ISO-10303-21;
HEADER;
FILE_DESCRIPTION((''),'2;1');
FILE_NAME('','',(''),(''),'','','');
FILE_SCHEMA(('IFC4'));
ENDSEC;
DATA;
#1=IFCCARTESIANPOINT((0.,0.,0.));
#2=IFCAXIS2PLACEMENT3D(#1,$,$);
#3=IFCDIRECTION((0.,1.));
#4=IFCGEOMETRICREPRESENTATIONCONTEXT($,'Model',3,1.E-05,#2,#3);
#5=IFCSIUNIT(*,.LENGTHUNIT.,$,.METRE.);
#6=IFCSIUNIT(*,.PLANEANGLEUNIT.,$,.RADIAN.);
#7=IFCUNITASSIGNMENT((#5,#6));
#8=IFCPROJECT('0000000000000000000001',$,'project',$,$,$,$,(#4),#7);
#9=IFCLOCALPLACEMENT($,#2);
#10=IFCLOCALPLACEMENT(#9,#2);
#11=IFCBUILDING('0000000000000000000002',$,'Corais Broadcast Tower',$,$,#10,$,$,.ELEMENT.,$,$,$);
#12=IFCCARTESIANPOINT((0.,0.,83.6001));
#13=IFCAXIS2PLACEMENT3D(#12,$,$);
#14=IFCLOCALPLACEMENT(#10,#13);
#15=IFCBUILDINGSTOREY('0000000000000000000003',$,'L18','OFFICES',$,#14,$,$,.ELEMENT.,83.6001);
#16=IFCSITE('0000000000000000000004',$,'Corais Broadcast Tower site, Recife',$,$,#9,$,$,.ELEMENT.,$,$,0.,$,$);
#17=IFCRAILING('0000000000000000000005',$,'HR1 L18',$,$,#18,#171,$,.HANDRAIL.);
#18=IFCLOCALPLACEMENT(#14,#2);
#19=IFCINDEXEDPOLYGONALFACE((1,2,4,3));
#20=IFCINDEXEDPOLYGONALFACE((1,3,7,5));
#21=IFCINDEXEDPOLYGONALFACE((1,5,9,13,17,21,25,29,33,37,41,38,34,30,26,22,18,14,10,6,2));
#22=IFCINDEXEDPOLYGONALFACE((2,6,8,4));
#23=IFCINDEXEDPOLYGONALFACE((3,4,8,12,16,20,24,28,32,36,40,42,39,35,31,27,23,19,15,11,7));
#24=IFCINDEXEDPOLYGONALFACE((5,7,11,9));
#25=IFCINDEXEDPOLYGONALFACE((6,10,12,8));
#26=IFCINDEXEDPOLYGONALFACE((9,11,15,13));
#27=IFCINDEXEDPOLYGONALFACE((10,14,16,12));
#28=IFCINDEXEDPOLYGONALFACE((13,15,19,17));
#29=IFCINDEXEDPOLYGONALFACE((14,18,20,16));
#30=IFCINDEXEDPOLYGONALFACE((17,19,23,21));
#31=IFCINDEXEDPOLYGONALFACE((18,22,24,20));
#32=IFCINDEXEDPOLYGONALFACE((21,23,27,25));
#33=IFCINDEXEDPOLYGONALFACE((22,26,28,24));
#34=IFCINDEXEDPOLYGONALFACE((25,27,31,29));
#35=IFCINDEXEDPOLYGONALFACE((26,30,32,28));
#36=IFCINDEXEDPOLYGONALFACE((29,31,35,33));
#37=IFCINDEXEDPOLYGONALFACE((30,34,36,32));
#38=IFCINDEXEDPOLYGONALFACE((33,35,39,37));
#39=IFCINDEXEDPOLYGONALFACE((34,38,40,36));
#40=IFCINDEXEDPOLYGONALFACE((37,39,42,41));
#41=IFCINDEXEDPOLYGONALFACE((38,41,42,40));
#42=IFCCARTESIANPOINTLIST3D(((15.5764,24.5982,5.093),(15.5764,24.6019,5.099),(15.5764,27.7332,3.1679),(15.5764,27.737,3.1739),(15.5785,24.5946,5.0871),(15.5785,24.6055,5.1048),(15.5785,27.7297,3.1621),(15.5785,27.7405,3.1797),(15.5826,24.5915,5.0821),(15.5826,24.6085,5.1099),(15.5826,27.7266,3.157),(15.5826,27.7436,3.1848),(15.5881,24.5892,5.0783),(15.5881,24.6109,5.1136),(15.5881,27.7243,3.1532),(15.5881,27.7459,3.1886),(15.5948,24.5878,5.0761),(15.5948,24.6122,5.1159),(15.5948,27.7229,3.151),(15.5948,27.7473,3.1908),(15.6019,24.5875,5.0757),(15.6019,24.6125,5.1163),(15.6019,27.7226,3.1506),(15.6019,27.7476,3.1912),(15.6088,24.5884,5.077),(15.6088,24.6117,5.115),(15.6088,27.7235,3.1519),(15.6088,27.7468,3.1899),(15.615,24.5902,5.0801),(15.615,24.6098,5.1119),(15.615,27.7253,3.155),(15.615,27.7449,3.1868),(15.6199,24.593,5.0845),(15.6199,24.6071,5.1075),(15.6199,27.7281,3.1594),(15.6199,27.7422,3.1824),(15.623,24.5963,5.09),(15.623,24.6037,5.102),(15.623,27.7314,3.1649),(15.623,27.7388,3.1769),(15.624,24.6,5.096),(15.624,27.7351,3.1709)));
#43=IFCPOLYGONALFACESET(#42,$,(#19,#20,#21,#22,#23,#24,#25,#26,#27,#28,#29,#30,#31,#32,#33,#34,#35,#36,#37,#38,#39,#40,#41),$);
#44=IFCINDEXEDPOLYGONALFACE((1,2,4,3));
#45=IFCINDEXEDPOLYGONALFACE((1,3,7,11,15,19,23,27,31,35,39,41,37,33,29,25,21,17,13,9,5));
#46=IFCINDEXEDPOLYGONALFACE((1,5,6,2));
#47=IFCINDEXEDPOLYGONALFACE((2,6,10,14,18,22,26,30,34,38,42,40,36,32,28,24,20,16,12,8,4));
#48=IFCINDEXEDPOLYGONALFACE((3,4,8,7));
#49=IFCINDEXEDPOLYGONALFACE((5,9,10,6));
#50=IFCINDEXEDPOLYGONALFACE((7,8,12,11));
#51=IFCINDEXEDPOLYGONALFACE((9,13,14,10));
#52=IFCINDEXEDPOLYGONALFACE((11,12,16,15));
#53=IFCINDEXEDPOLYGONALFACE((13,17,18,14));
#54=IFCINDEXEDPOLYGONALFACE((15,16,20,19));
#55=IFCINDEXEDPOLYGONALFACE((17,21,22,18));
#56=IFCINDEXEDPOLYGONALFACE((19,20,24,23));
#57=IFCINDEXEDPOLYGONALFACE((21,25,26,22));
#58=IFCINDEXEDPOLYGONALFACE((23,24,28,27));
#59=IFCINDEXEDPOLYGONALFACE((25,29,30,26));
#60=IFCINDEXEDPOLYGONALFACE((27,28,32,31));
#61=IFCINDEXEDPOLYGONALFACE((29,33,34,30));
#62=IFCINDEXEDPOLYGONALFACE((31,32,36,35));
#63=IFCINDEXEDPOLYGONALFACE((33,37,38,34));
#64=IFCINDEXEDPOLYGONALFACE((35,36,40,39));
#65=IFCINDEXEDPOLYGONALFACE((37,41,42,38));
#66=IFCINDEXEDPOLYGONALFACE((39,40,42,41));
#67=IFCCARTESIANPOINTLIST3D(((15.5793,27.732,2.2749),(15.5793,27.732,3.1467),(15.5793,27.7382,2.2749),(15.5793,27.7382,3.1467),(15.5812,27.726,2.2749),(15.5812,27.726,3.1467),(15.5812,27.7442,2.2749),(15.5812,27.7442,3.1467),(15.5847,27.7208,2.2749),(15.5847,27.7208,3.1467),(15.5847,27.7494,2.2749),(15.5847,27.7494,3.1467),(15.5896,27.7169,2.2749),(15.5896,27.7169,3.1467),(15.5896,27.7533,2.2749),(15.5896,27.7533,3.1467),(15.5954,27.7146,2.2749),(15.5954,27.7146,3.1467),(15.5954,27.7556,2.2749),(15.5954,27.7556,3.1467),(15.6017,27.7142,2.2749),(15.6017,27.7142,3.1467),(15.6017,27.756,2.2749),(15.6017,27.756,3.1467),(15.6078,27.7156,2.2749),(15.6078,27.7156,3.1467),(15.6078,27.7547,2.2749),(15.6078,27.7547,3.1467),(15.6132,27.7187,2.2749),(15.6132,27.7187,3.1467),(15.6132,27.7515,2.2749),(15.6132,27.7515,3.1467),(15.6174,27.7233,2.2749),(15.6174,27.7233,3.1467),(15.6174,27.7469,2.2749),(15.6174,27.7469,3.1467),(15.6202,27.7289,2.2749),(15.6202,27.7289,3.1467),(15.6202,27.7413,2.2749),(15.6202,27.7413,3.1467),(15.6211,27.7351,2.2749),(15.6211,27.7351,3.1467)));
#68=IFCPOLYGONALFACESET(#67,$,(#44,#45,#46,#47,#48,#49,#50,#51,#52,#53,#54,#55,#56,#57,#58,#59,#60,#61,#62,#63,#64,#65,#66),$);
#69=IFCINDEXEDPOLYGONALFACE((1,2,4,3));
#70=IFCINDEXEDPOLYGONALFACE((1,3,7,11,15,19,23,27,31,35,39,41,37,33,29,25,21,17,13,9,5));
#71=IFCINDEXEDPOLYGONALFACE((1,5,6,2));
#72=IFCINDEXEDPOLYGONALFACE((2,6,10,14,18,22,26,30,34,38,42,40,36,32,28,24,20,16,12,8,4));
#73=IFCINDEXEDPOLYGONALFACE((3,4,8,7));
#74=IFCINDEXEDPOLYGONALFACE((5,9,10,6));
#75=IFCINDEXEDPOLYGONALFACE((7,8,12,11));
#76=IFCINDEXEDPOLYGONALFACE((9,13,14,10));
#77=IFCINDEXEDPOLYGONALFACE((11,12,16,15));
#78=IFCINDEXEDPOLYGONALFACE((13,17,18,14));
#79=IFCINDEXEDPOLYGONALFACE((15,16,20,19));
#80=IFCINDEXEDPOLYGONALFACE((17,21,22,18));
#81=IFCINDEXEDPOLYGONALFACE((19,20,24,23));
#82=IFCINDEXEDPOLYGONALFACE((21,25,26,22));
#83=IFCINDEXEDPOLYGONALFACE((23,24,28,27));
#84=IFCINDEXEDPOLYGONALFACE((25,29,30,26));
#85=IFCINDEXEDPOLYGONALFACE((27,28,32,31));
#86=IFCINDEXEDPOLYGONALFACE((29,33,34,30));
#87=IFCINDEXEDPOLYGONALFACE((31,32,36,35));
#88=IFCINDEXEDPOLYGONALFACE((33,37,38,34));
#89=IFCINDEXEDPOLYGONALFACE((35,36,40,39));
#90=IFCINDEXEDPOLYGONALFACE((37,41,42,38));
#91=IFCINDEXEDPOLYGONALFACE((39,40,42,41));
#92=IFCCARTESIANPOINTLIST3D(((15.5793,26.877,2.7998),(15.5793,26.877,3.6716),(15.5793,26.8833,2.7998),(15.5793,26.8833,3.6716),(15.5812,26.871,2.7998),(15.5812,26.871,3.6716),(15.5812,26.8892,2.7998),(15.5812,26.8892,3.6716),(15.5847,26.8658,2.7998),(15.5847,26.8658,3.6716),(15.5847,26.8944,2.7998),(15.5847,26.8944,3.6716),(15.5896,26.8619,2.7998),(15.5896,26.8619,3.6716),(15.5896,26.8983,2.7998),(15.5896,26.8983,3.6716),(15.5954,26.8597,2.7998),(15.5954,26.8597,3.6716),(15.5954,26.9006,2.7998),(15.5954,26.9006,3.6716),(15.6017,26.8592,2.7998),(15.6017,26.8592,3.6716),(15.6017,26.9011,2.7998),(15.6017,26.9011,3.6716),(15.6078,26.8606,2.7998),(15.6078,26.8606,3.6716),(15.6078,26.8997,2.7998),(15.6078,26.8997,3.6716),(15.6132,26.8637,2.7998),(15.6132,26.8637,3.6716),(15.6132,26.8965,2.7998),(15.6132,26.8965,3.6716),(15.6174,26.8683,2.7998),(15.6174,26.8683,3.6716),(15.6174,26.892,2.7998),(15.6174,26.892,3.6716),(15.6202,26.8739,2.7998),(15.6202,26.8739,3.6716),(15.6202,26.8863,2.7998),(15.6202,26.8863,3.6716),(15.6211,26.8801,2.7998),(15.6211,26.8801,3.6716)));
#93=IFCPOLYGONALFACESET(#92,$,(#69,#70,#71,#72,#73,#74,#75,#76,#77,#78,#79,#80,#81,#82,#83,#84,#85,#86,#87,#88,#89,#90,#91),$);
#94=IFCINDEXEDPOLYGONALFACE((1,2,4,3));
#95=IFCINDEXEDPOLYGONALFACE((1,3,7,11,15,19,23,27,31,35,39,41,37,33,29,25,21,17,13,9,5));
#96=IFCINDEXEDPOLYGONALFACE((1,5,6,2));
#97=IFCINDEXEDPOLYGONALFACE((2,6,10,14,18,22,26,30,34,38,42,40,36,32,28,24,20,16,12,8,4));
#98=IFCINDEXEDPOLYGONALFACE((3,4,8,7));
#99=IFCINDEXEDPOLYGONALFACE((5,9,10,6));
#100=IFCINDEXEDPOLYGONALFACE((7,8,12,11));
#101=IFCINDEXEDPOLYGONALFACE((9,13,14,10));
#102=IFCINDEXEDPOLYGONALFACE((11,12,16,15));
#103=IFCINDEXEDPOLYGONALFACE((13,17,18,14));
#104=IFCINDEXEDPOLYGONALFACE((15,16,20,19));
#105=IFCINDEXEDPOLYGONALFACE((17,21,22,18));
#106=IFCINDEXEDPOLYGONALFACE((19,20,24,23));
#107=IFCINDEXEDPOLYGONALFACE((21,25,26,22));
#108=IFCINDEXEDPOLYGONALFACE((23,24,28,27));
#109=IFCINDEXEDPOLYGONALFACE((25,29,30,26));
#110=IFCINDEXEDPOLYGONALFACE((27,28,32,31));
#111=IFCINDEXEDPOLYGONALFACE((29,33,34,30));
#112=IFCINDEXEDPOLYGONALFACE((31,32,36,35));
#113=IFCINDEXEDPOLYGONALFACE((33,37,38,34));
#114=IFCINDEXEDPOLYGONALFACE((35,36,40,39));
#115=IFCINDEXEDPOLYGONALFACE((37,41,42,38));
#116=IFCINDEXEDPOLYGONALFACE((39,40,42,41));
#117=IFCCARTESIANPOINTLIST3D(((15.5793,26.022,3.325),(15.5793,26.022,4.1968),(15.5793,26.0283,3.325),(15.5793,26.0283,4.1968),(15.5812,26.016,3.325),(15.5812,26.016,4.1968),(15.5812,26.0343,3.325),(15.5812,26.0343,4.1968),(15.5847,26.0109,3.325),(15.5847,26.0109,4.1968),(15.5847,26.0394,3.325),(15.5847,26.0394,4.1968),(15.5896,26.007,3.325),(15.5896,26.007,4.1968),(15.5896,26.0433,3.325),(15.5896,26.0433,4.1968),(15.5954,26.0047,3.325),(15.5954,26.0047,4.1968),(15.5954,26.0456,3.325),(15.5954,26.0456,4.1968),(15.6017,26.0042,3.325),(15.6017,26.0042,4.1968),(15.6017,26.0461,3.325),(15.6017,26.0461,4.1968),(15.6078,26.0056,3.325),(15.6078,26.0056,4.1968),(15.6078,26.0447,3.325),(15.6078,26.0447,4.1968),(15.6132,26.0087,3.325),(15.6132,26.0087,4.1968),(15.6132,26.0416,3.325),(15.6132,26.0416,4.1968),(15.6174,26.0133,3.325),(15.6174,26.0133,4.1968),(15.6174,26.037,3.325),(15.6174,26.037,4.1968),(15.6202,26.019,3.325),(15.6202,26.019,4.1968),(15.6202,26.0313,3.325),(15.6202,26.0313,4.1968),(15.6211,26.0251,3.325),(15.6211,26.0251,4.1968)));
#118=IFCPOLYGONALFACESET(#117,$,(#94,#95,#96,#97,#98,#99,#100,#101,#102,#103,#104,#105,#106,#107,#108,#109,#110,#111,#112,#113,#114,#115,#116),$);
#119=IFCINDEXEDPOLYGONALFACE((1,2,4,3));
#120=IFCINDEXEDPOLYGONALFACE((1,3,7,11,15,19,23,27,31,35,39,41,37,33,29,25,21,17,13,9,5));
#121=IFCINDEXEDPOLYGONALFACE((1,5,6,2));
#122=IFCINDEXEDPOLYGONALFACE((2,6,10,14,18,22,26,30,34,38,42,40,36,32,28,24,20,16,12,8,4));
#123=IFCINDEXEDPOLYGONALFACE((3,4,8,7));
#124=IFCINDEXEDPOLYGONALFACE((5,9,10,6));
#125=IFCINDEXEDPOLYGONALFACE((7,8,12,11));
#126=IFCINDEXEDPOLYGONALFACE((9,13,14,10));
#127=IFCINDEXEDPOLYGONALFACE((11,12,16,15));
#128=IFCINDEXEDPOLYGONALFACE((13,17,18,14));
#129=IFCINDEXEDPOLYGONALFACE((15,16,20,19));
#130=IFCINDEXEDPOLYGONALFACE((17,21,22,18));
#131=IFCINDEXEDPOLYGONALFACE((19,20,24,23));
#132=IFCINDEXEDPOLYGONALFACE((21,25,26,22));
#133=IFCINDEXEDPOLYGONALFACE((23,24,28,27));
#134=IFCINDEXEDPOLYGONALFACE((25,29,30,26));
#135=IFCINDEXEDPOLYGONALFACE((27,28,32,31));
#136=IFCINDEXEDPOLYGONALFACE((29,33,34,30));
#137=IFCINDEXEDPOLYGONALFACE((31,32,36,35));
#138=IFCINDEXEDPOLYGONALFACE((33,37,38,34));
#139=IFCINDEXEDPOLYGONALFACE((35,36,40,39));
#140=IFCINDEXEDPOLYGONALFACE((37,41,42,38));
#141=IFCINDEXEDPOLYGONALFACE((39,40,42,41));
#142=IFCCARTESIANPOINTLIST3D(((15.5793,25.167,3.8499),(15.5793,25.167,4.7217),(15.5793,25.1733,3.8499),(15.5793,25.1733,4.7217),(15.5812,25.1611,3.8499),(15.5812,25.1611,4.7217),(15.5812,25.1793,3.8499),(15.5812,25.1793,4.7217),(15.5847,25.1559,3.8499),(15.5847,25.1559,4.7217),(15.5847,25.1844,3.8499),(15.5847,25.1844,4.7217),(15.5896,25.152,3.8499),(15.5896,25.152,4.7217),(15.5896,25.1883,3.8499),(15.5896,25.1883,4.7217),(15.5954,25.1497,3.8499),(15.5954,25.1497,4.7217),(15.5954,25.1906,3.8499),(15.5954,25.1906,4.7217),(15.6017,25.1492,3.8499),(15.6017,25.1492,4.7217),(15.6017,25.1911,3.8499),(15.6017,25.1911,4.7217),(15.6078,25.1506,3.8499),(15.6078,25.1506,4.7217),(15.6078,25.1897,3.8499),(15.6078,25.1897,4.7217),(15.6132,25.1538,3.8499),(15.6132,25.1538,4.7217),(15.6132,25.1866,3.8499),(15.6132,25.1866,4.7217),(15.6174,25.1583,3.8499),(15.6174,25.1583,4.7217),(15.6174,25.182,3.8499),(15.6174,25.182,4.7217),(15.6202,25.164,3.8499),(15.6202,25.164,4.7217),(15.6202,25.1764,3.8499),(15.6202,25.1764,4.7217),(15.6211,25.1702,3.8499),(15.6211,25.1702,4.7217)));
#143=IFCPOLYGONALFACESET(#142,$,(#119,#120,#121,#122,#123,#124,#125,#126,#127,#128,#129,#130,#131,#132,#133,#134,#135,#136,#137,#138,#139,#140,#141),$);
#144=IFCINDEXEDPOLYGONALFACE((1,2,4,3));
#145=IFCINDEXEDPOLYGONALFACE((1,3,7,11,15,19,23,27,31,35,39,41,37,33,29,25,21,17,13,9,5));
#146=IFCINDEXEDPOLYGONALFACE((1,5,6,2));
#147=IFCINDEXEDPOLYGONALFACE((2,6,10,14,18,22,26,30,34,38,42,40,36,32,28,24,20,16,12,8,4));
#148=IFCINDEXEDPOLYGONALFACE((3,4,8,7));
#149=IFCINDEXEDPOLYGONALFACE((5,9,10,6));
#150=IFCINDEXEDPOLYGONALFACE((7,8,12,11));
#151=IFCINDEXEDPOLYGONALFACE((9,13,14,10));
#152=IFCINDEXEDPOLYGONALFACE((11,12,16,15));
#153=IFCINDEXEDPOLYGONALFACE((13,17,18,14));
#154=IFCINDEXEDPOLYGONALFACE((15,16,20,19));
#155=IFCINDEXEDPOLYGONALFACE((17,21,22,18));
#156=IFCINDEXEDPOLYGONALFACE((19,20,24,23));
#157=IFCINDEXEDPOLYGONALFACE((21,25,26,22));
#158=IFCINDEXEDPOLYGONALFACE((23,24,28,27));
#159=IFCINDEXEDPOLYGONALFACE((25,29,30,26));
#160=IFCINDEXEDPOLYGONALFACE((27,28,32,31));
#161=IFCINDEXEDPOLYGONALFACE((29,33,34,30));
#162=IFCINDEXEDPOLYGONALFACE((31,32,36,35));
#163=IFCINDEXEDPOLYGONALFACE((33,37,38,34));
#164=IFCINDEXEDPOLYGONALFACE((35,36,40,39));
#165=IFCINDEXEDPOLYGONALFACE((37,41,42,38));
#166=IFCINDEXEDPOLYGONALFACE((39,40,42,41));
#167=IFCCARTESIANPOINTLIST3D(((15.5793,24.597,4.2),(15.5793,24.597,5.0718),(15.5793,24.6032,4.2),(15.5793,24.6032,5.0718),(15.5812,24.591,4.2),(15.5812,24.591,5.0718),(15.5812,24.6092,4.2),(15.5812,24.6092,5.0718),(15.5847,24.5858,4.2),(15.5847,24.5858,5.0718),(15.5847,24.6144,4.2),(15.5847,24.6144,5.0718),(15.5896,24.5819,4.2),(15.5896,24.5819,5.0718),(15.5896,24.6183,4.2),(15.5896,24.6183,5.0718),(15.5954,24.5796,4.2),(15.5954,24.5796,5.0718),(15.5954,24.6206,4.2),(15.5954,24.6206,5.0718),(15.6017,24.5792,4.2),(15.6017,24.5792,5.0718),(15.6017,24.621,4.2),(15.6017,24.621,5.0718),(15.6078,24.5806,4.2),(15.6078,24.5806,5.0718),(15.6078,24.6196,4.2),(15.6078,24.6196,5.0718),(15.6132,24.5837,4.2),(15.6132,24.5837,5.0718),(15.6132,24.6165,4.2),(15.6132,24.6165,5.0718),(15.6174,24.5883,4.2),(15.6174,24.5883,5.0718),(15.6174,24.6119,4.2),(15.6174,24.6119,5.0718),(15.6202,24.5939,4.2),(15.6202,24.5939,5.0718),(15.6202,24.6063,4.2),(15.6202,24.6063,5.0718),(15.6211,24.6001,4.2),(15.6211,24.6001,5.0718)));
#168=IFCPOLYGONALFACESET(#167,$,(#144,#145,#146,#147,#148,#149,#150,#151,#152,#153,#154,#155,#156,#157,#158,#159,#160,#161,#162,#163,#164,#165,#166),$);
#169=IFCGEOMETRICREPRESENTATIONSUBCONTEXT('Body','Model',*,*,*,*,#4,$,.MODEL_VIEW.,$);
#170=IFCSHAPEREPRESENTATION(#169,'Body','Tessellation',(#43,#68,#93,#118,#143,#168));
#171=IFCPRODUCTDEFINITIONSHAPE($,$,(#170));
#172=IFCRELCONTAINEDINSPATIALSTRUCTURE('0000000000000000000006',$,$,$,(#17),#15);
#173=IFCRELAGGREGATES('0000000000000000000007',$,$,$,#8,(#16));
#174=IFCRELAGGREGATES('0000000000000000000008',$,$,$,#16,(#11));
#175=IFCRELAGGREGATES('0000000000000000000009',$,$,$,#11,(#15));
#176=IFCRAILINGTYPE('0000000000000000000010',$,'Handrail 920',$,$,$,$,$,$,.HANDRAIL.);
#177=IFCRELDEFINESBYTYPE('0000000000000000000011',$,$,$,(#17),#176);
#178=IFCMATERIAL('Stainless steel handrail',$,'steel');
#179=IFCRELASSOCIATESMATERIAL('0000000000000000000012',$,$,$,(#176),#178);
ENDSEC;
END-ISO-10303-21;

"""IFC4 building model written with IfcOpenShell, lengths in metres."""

from ifc_helpers import new_model, si_unit, direction, frame, origin, origin_2d, place, context, subcontext, project, spatial, circle, extrude, material, type_object, element, save


model = new_model("IFC4")

# Units and contexts
model_context = context("Model", 3, precision=1e-05, world=origin(), true_north=direction((0.0, 1.0)))
body_context = subcontext(model_context, "Body", "Model", "MODEL_VIEW")
ifc_project = project(units=[si_unit("LENGTHUNIT", "METRE"), si_unit("PLANEANGLEUNIT", "RADIAN")], contexts=[model_context])

# Site, building, storey
site_placement = place(None, origin())
site = spatial("IfcSite", under=ifc_project, at=site_placement, Name="Corais Broadcast Tower site, Recife", CompositionType="ELEMENT", RefElevation=0.0)
building_placement = place(site_placement, origin())
building = spatial("IfcBuilding", under=site, at=building_placement, Name="Corais Broadcast Tower", CompositionType="ELEMENT")
storey_placement = place(building_placement, frame((0.0, 0.0, 83.6001)))
storey = spatial("IfcBuildingStorey", under=building, at=storey_placement, Name="L18", Description="OFFICES", CompositionType="ELEMENT", Elevation=83.6001)

# Railing
ifc_material_1 = material(Name="Stainless steel handrail", Category="steel")
railing_type = type_object("IfcRailingType", Name="Handrail 920", PredefinedType="HANDRAIL", material=ifc_material_1)
for number, where, name in (
    (1, (15.6001, 27.7351, 2.2749), "HR1 L18"),
):
    element("IfcRailing", number, at=place(storey_placement, frame(where)), inside=storey, type_object=railing_type, Name=name, PredefinedType="HANDRAIL", context=body_context, shape_type="SweptSolid", body=[
        extrude(circle(Radius=0.0239, at=origin_2d()), frame((0.0, 0.0, 0.896), z_axis=(0.0, -0.852166, 0.523271), x_axis=(1.0, 0.0, 0.0)), (0.0, 0.0, 1.0), 3.679),
        extrude(circle(Radius=0.021, at=origin_2d()), origin(), (0.0, 0.0, 1.0), 0.8718),
        extrude(circle(Radius=0.021, at=origin_2d()), frame((0.0, -0.855, 0.5249)), (0.0, 0.0, 1.0), 0.8718),
        extrude(circle(Radius=0.021, at=origin_2d()), frame((0.0, -1.71, 1.05)), (0.0, 0.0, 1.0), 0.8718),
        extrude(circle(Radius=0.021, at=origin_2d()), frame((0.0, -2.5649, 1.575)), (0.0, 0.0, 1.0), 0.8718),
        extrude(circle(Radius=0.021, at=origin_2d()), frame((0.0, -3.135, 1.925)), (0.0, 0.0, 1.0), 0.8718),
    ])

save(model, "model.ifc")
